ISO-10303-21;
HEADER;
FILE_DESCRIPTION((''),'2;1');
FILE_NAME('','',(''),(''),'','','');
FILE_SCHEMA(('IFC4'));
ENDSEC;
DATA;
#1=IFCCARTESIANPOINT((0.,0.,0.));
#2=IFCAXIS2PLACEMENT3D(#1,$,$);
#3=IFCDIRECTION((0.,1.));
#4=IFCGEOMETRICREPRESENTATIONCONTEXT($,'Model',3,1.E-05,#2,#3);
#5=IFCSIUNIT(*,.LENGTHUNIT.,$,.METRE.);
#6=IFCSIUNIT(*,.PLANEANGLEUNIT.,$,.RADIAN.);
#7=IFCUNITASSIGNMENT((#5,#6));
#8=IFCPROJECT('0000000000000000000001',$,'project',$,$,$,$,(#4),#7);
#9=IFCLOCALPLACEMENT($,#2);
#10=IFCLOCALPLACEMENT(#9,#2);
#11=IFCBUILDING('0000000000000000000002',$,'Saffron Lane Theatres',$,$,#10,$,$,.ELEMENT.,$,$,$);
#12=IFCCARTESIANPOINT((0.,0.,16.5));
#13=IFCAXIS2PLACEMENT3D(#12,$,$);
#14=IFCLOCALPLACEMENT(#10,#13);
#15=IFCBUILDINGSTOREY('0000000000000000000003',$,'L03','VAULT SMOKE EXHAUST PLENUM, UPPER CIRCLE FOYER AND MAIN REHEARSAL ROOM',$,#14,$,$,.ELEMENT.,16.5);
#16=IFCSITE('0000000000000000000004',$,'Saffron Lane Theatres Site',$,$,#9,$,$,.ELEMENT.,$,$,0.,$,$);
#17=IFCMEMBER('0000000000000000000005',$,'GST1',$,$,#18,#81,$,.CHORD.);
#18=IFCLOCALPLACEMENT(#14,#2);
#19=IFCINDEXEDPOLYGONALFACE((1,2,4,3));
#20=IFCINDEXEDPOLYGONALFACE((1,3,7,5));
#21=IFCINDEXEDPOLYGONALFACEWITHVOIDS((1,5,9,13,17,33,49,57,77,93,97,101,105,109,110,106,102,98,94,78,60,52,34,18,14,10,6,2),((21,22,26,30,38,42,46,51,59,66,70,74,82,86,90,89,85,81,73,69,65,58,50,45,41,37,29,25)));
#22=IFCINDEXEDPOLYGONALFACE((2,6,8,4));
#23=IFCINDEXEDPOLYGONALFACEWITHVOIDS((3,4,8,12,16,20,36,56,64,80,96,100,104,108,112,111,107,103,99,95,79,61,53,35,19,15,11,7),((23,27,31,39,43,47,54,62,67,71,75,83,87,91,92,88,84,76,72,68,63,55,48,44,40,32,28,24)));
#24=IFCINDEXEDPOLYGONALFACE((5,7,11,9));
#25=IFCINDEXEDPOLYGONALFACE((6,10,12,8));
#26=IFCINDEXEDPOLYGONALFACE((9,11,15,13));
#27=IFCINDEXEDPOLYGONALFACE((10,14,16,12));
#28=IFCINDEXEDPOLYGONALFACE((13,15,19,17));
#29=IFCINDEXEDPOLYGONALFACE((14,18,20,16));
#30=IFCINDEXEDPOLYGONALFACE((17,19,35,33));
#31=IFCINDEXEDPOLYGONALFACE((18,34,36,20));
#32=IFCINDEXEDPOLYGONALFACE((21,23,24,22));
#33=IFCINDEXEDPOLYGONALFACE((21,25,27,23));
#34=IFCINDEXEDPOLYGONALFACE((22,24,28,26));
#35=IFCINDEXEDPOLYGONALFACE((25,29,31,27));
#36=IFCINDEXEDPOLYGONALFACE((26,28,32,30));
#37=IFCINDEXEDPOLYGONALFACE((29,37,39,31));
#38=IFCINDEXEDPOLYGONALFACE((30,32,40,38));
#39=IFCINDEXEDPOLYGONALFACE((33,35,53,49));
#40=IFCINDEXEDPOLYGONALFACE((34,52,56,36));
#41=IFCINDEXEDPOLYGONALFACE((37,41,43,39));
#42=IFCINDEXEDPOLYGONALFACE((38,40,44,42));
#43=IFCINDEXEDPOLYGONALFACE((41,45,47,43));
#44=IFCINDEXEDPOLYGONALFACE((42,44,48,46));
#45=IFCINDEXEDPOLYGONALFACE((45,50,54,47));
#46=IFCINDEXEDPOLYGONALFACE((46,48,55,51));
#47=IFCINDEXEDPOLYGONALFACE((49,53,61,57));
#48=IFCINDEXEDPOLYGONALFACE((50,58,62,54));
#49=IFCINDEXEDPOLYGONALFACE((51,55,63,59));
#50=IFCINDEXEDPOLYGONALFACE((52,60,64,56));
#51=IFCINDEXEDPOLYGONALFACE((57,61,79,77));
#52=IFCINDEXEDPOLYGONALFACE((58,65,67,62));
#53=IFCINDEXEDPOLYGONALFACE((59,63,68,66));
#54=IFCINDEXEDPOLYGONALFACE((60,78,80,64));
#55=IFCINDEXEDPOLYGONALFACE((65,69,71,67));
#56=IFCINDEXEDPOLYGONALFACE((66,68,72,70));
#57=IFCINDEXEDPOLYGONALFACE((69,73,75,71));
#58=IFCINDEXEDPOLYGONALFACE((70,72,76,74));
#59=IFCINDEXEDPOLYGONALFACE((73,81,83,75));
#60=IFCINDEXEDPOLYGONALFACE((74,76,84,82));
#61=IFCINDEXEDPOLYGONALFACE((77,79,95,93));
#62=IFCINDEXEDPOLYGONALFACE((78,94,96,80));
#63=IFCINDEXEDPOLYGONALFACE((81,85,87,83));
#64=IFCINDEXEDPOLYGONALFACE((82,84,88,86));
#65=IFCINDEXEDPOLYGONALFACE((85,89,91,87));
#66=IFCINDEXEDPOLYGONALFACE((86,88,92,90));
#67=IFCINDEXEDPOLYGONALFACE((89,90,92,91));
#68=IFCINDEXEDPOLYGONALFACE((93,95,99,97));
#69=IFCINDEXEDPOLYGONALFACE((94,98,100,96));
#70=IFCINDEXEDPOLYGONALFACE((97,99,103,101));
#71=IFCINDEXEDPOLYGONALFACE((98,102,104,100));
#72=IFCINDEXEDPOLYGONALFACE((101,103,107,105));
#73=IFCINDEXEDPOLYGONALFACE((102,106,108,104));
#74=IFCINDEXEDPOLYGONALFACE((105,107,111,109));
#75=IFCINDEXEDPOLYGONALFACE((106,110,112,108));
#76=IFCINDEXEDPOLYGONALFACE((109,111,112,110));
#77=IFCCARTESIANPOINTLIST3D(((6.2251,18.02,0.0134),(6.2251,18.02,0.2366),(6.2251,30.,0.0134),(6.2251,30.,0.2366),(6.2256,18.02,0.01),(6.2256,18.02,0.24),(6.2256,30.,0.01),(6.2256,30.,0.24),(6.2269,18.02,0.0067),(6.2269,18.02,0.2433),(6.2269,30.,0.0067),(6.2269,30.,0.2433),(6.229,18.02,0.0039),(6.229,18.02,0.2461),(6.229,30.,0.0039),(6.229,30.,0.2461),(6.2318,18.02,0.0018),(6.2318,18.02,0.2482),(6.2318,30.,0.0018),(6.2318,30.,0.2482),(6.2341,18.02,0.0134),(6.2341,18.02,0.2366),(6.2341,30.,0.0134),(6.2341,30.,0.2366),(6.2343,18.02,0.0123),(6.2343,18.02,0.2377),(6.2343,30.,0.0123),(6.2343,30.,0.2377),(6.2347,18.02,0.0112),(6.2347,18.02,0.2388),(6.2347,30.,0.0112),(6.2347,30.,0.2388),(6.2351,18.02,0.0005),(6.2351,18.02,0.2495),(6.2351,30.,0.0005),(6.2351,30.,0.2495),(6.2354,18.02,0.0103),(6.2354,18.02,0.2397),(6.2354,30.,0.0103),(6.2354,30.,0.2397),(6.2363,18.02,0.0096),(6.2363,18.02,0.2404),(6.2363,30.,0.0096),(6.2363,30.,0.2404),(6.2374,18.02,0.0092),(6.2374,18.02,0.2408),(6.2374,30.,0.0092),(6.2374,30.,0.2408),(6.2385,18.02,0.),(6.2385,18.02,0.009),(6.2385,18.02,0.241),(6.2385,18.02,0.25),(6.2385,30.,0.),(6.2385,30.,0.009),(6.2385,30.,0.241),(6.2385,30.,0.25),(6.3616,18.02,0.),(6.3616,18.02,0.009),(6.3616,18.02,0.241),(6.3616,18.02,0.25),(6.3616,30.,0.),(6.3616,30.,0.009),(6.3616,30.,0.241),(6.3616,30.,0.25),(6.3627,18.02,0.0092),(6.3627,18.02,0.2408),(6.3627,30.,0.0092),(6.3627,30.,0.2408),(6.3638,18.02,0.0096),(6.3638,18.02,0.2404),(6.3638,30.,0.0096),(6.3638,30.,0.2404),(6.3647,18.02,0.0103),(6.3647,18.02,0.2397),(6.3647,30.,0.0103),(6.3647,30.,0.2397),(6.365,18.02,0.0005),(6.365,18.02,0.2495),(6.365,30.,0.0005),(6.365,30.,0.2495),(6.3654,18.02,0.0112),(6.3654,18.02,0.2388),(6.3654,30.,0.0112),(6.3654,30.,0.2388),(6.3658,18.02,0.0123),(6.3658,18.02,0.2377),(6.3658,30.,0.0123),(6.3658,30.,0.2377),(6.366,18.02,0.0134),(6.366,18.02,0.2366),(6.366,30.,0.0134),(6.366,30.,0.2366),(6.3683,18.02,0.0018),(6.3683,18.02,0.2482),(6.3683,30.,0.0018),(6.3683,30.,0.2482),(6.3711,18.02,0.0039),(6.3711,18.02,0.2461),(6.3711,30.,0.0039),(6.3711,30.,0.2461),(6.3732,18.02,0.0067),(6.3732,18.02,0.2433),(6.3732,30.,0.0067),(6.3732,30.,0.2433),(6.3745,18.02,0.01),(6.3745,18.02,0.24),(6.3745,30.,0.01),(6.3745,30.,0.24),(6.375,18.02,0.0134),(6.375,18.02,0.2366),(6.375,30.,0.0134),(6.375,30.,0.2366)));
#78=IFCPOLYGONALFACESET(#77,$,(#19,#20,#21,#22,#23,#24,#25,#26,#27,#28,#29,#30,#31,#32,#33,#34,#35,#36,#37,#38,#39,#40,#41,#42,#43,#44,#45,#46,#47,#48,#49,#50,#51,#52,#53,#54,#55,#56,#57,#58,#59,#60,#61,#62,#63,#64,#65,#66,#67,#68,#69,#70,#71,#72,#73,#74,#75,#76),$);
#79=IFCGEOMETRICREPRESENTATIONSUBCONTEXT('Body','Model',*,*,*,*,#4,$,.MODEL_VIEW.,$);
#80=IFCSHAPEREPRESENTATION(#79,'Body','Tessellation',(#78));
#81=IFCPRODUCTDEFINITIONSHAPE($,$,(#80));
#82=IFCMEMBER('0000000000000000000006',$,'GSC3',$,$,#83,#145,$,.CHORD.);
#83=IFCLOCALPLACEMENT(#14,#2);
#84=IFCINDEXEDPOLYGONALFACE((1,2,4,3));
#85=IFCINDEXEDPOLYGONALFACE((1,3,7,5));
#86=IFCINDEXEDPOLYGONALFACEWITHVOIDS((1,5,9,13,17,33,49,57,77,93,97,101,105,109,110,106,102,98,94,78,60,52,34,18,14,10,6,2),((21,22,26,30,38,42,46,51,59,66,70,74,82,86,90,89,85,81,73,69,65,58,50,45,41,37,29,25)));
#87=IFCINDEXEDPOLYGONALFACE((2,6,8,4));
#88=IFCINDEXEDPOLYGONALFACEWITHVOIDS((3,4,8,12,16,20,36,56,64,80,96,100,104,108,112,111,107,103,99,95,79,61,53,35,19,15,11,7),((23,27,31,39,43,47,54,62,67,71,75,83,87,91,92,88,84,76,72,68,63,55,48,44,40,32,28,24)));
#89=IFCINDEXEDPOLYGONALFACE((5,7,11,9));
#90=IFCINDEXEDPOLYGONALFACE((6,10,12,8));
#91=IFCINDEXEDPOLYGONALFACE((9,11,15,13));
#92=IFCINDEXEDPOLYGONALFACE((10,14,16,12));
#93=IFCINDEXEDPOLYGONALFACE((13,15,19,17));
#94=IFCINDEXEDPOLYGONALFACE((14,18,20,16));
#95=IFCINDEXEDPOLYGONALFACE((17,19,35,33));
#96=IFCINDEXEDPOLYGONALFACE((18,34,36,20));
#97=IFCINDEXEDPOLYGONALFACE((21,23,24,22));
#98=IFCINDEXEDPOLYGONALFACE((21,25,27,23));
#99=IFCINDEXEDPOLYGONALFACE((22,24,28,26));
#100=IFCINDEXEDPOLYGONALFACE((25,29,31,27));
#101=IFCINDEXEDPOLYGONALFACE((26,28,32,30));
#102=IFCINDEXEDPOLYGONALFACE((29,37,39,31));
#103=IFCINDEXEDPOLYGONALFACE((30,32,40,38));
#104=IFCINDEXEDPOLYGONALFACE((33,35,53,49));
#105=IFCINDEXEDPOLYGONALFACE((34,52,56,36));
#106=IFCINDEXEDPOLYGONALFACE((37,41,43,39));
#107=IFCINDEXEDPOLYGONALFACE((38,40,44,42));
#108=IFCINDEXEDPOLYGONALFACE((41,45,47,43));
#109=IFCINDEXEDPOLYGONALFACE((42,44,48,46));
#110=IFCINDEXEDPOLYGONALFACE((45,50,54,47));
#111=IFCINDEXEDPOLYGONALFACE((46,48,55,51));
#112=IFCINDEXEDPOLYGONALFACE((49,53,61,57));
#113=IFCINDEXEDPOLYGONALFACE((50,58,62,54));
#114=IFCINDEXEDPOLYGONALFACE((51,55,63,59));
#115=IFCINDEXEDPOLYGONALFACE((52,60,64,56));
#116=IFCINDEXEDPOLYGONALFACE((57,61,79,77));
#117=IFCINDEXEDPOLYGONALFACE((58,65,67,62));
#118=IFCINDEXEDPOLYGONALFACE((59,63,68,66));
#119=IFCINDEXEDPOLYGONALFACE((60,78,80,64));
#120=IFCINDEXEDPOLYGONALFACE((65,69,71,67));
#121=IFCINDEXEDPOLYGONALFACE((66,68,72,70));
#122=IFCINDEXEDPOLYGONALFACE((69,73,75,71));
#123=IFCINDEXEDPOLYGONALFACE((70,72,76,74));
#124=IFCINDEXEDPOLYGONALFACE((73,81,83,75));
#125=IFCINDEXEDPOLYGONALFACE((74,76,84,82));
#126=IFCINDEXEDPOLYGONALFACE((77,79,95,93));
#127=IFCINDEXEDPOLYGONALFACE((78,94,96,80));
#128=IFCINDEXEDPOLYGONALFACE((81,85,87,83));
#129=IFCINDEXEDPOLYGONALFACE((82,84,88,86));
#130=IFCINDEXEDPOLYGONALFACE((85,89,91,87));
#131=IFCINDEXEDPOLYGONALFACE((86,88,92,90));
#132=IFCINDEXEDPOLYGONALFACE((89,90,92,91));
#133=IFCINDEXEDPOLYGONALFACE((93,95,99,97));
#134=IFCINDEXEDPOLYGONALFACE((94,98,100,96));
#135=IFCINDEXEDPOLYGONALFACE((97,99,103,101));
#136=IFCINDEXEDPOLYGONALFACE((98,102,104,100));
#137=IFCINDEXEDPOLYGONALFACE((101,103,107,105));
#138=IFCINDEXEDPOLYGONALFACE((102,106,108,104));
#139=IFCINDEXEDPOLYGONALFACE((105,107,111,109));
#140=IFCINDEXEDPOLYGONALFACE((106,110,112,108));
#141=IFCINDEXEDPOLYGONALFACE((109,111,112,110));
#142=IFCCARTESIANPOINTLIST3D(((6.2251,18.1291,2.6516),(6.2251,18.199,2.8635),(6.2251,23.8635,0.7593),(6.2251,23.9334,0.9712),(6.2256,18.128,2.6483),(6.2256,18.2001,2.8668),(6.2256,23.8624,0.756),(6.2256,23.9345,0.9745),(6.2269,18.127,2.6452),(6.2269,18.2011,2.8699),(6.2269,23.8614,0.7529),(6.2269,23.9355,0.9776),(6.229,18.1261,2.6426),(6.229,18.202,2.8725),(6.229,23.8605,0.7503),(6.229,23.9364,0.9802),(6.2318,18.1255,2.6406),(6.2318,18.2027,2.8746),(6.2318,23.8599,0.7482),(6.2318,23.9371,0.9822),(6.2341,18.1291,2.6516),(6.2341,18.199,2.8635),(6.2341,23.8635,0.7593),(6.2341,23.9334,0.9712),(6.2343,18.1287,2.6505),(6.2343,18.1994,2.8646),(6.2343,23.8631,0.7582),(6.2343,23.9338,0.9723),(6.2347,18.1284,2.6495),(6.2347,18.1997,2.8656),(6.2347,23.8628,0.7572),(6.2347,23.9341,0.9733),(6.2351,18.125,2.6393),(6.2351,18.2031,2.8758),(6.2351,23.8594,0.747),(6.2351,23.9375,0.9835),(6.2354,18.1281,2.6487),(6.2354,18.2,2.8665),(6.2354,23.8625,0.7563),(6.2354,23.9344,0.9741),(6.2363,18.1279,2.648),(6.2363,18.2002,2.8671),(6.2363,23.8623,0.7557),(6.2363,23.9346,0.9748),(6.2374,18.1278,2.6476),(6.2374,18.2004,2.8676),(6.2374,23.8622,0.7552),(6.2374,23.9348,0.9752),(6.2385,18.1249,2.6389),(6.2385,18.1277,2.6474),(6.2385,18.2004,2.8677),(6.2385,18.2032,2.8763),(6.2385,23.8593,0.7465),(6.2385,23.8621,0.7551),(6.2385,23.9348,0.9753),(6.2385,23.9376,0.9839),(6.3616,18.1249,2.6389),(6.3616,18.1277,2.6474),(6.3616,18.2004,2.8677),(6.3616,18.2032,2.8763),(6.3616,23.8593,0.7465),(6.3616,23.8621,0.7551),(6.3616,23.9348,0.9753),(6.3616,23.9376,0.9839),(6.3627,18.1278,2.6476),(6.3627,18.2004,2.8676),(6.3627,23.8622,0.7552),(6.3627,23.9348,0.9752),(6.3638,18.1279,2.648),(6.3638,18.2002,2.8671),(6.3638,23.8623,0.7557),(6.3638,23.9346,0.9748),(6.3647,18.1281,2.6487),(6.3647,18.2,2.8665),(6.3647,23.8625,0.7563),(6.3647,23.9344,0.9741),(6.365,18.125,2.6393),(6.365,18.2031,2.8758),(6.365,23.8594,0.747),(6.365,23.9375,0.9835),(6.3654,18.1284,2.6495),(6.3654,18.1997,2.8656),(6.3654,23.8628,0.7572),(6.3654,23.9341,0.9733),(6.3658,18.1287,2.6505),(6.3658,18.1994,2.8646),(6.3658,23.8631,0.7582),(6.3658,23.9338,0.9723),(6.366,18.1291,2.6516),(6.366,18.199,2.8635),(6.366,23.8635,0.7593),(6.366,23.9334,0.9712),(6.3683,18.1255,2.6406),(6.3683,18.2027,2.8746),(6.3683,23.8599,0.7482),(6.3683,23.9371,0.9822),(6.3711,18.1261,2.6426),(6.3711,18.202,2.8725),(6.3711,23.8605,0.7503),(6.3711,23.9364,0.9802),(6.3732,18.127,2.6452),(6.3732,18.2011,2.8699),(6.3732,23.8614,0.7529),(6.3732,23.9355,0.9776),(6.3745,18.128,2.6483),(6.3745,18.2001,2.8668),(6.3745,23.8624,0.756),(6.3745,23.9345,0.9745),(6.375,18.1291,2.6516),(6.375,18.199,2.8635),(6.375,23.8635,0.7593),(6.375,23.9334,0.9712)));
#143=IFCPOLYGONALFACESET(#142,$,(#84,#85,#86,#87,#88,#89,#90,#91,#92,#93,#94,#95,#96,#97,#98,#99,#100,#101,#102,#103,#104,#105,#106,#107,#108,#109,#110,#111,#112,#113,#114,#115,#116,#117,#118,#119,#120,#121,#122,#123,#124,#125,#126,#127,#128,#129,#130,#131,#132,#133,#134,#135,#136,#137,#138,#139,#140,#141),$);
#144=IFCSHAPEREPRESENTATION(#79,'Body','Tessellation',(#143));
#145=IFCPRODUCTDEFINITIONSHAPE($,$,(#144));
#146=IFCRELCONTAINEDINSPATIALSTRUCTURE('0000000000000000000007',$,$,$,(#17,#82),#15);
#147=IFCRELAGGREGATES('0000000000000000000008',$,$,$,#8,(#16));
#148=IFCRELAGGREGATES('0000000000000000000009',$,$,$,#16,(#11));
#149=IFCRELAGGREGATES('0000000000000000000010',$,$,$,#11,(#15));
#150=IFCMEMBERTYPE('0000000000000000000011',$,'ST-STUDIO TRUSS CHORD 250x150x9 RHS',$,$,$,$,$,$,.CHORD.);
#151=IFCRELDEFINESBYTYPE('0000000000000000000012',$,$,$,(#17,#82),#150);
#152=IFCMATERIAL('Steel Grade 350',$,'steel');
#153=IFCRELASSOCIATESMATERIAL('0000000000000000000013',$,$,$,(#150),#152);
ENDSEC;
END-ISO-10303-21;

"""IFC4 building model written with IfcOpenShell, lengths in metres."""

from ifc_helpers import new_model, si_unit, direction, frame, origin, origin_2d, place, context, subcontext, project, spatial, hollow_rectangle, extrude, material, material_profile, profile_set, type_object, element, save


model = new_model("IFC4")

# Units and contexts
model_context = context("Model", 3, precision=1e-05, world=origin(), true_north=direction((0.0, 1.0)))
body_context = subcontext(model_context, "Body", "Model", "MODEL_VIEW")
ifc_project = project(units=[si_unit("LENGTHUNIT", "METRE"), si_unit("PLANEANGLEUNIT", "RADIAN")], contexts=[model_context])

# Site, building, storey
site_placement = place(None, origin())
site = spatial("IfcSite", under=ifc_project, at=site_placement, Name="Saffron Lane Theatres Site", CompositionType="ELEMENT", RefElevation=0.0)
building_placement = place(site_placement, origin())
building = spatial("IfcBuilding", under=site, at=building_placement, Name="Saffron Lane Theatres", CompositionType="ELEMENT")
storey_placement = place(building_placement, frame((0.0, 0.0, 16.5)))
storey = spatial("IfcBuildingStorey", under=building, at=storey_placement, Name="L03", Description="VAULT SMOKE EXHAUST PLENUM, UPPER CIRCLE FOYER AND MAIN REHEARSAL ROOM", CompositionType="ELEMENT", Elevation=16.5)

# Members
ifc_material_1 = material(Name="Steel Grade 350", Category="steel")
ifc_material_profile_1 = material_profile(ifc_material_1, hollow_rectangle(XDim=0.1499, YDim=0.25, WallThickness=0.009, InnerFilletRadius=0.0044, OuterFilletRadius=0.0134, at=origin_2d()))
ifc_profile_set_1 = profile_set([ifc_material_profile_1], Name="Steel Grade 350")
member_type_1 = type_object("IfcMemberType", Name="ST-STUDIO TRUSS CHORD 250x150x9 RHS", PredefinedType="CHORD", material=ifc_profile_set_1)
member_1_placement = place(storey_placement, frame((6.3, 18.02, 0.125), z_axis=(0.0, 1.0, 0.0), x_axis=(-1.0, 0.0, 0.0)))
element("IfcMember", 1, at=member_1_placement, inside=storey, type_object=member_type_1, Name="GST1", PredefinedType="CHORD", context=body_context, shape_type="SweptSolid", body=[
    extrude(hollow_rectangle(XDim=0.1499, YDim=0.25, WallThickness=0.009, InnerFilletRadius=0.0044, OuterFilletRadius=0.0134, at=origin_2d()), origin(), (0.0, 0.0, 1.0), 11.98),
])
for number, where, z_axis, x_axis, name in (
    (2, (6.3, 18.1641, 2.7576), (0.0, 0.949629, -0.313376), (-1.0, 0.0, 0.0), "GSC3"),
):
    element("IfcMember", number, at=place(storey_placement, frame(where, z_axis=z_axis, x_axis=x_axis)), inside=storey, type_object=member_type_1, Name=name, PredefinedType="CHORD", context=body_context, shape_type="SweptSolid", body=[
        extrude(hollow_rectangle(XDim=0.1499, YDim=0.25, WallThickness=0.009, InnerFilletRadius=0.0044, OuterFilletRadius=0.0134, at=origin_2d()), origin(), (0.0, 0.0, 1.0), 6.0386),
    ])

save(model, "model.ifc")
